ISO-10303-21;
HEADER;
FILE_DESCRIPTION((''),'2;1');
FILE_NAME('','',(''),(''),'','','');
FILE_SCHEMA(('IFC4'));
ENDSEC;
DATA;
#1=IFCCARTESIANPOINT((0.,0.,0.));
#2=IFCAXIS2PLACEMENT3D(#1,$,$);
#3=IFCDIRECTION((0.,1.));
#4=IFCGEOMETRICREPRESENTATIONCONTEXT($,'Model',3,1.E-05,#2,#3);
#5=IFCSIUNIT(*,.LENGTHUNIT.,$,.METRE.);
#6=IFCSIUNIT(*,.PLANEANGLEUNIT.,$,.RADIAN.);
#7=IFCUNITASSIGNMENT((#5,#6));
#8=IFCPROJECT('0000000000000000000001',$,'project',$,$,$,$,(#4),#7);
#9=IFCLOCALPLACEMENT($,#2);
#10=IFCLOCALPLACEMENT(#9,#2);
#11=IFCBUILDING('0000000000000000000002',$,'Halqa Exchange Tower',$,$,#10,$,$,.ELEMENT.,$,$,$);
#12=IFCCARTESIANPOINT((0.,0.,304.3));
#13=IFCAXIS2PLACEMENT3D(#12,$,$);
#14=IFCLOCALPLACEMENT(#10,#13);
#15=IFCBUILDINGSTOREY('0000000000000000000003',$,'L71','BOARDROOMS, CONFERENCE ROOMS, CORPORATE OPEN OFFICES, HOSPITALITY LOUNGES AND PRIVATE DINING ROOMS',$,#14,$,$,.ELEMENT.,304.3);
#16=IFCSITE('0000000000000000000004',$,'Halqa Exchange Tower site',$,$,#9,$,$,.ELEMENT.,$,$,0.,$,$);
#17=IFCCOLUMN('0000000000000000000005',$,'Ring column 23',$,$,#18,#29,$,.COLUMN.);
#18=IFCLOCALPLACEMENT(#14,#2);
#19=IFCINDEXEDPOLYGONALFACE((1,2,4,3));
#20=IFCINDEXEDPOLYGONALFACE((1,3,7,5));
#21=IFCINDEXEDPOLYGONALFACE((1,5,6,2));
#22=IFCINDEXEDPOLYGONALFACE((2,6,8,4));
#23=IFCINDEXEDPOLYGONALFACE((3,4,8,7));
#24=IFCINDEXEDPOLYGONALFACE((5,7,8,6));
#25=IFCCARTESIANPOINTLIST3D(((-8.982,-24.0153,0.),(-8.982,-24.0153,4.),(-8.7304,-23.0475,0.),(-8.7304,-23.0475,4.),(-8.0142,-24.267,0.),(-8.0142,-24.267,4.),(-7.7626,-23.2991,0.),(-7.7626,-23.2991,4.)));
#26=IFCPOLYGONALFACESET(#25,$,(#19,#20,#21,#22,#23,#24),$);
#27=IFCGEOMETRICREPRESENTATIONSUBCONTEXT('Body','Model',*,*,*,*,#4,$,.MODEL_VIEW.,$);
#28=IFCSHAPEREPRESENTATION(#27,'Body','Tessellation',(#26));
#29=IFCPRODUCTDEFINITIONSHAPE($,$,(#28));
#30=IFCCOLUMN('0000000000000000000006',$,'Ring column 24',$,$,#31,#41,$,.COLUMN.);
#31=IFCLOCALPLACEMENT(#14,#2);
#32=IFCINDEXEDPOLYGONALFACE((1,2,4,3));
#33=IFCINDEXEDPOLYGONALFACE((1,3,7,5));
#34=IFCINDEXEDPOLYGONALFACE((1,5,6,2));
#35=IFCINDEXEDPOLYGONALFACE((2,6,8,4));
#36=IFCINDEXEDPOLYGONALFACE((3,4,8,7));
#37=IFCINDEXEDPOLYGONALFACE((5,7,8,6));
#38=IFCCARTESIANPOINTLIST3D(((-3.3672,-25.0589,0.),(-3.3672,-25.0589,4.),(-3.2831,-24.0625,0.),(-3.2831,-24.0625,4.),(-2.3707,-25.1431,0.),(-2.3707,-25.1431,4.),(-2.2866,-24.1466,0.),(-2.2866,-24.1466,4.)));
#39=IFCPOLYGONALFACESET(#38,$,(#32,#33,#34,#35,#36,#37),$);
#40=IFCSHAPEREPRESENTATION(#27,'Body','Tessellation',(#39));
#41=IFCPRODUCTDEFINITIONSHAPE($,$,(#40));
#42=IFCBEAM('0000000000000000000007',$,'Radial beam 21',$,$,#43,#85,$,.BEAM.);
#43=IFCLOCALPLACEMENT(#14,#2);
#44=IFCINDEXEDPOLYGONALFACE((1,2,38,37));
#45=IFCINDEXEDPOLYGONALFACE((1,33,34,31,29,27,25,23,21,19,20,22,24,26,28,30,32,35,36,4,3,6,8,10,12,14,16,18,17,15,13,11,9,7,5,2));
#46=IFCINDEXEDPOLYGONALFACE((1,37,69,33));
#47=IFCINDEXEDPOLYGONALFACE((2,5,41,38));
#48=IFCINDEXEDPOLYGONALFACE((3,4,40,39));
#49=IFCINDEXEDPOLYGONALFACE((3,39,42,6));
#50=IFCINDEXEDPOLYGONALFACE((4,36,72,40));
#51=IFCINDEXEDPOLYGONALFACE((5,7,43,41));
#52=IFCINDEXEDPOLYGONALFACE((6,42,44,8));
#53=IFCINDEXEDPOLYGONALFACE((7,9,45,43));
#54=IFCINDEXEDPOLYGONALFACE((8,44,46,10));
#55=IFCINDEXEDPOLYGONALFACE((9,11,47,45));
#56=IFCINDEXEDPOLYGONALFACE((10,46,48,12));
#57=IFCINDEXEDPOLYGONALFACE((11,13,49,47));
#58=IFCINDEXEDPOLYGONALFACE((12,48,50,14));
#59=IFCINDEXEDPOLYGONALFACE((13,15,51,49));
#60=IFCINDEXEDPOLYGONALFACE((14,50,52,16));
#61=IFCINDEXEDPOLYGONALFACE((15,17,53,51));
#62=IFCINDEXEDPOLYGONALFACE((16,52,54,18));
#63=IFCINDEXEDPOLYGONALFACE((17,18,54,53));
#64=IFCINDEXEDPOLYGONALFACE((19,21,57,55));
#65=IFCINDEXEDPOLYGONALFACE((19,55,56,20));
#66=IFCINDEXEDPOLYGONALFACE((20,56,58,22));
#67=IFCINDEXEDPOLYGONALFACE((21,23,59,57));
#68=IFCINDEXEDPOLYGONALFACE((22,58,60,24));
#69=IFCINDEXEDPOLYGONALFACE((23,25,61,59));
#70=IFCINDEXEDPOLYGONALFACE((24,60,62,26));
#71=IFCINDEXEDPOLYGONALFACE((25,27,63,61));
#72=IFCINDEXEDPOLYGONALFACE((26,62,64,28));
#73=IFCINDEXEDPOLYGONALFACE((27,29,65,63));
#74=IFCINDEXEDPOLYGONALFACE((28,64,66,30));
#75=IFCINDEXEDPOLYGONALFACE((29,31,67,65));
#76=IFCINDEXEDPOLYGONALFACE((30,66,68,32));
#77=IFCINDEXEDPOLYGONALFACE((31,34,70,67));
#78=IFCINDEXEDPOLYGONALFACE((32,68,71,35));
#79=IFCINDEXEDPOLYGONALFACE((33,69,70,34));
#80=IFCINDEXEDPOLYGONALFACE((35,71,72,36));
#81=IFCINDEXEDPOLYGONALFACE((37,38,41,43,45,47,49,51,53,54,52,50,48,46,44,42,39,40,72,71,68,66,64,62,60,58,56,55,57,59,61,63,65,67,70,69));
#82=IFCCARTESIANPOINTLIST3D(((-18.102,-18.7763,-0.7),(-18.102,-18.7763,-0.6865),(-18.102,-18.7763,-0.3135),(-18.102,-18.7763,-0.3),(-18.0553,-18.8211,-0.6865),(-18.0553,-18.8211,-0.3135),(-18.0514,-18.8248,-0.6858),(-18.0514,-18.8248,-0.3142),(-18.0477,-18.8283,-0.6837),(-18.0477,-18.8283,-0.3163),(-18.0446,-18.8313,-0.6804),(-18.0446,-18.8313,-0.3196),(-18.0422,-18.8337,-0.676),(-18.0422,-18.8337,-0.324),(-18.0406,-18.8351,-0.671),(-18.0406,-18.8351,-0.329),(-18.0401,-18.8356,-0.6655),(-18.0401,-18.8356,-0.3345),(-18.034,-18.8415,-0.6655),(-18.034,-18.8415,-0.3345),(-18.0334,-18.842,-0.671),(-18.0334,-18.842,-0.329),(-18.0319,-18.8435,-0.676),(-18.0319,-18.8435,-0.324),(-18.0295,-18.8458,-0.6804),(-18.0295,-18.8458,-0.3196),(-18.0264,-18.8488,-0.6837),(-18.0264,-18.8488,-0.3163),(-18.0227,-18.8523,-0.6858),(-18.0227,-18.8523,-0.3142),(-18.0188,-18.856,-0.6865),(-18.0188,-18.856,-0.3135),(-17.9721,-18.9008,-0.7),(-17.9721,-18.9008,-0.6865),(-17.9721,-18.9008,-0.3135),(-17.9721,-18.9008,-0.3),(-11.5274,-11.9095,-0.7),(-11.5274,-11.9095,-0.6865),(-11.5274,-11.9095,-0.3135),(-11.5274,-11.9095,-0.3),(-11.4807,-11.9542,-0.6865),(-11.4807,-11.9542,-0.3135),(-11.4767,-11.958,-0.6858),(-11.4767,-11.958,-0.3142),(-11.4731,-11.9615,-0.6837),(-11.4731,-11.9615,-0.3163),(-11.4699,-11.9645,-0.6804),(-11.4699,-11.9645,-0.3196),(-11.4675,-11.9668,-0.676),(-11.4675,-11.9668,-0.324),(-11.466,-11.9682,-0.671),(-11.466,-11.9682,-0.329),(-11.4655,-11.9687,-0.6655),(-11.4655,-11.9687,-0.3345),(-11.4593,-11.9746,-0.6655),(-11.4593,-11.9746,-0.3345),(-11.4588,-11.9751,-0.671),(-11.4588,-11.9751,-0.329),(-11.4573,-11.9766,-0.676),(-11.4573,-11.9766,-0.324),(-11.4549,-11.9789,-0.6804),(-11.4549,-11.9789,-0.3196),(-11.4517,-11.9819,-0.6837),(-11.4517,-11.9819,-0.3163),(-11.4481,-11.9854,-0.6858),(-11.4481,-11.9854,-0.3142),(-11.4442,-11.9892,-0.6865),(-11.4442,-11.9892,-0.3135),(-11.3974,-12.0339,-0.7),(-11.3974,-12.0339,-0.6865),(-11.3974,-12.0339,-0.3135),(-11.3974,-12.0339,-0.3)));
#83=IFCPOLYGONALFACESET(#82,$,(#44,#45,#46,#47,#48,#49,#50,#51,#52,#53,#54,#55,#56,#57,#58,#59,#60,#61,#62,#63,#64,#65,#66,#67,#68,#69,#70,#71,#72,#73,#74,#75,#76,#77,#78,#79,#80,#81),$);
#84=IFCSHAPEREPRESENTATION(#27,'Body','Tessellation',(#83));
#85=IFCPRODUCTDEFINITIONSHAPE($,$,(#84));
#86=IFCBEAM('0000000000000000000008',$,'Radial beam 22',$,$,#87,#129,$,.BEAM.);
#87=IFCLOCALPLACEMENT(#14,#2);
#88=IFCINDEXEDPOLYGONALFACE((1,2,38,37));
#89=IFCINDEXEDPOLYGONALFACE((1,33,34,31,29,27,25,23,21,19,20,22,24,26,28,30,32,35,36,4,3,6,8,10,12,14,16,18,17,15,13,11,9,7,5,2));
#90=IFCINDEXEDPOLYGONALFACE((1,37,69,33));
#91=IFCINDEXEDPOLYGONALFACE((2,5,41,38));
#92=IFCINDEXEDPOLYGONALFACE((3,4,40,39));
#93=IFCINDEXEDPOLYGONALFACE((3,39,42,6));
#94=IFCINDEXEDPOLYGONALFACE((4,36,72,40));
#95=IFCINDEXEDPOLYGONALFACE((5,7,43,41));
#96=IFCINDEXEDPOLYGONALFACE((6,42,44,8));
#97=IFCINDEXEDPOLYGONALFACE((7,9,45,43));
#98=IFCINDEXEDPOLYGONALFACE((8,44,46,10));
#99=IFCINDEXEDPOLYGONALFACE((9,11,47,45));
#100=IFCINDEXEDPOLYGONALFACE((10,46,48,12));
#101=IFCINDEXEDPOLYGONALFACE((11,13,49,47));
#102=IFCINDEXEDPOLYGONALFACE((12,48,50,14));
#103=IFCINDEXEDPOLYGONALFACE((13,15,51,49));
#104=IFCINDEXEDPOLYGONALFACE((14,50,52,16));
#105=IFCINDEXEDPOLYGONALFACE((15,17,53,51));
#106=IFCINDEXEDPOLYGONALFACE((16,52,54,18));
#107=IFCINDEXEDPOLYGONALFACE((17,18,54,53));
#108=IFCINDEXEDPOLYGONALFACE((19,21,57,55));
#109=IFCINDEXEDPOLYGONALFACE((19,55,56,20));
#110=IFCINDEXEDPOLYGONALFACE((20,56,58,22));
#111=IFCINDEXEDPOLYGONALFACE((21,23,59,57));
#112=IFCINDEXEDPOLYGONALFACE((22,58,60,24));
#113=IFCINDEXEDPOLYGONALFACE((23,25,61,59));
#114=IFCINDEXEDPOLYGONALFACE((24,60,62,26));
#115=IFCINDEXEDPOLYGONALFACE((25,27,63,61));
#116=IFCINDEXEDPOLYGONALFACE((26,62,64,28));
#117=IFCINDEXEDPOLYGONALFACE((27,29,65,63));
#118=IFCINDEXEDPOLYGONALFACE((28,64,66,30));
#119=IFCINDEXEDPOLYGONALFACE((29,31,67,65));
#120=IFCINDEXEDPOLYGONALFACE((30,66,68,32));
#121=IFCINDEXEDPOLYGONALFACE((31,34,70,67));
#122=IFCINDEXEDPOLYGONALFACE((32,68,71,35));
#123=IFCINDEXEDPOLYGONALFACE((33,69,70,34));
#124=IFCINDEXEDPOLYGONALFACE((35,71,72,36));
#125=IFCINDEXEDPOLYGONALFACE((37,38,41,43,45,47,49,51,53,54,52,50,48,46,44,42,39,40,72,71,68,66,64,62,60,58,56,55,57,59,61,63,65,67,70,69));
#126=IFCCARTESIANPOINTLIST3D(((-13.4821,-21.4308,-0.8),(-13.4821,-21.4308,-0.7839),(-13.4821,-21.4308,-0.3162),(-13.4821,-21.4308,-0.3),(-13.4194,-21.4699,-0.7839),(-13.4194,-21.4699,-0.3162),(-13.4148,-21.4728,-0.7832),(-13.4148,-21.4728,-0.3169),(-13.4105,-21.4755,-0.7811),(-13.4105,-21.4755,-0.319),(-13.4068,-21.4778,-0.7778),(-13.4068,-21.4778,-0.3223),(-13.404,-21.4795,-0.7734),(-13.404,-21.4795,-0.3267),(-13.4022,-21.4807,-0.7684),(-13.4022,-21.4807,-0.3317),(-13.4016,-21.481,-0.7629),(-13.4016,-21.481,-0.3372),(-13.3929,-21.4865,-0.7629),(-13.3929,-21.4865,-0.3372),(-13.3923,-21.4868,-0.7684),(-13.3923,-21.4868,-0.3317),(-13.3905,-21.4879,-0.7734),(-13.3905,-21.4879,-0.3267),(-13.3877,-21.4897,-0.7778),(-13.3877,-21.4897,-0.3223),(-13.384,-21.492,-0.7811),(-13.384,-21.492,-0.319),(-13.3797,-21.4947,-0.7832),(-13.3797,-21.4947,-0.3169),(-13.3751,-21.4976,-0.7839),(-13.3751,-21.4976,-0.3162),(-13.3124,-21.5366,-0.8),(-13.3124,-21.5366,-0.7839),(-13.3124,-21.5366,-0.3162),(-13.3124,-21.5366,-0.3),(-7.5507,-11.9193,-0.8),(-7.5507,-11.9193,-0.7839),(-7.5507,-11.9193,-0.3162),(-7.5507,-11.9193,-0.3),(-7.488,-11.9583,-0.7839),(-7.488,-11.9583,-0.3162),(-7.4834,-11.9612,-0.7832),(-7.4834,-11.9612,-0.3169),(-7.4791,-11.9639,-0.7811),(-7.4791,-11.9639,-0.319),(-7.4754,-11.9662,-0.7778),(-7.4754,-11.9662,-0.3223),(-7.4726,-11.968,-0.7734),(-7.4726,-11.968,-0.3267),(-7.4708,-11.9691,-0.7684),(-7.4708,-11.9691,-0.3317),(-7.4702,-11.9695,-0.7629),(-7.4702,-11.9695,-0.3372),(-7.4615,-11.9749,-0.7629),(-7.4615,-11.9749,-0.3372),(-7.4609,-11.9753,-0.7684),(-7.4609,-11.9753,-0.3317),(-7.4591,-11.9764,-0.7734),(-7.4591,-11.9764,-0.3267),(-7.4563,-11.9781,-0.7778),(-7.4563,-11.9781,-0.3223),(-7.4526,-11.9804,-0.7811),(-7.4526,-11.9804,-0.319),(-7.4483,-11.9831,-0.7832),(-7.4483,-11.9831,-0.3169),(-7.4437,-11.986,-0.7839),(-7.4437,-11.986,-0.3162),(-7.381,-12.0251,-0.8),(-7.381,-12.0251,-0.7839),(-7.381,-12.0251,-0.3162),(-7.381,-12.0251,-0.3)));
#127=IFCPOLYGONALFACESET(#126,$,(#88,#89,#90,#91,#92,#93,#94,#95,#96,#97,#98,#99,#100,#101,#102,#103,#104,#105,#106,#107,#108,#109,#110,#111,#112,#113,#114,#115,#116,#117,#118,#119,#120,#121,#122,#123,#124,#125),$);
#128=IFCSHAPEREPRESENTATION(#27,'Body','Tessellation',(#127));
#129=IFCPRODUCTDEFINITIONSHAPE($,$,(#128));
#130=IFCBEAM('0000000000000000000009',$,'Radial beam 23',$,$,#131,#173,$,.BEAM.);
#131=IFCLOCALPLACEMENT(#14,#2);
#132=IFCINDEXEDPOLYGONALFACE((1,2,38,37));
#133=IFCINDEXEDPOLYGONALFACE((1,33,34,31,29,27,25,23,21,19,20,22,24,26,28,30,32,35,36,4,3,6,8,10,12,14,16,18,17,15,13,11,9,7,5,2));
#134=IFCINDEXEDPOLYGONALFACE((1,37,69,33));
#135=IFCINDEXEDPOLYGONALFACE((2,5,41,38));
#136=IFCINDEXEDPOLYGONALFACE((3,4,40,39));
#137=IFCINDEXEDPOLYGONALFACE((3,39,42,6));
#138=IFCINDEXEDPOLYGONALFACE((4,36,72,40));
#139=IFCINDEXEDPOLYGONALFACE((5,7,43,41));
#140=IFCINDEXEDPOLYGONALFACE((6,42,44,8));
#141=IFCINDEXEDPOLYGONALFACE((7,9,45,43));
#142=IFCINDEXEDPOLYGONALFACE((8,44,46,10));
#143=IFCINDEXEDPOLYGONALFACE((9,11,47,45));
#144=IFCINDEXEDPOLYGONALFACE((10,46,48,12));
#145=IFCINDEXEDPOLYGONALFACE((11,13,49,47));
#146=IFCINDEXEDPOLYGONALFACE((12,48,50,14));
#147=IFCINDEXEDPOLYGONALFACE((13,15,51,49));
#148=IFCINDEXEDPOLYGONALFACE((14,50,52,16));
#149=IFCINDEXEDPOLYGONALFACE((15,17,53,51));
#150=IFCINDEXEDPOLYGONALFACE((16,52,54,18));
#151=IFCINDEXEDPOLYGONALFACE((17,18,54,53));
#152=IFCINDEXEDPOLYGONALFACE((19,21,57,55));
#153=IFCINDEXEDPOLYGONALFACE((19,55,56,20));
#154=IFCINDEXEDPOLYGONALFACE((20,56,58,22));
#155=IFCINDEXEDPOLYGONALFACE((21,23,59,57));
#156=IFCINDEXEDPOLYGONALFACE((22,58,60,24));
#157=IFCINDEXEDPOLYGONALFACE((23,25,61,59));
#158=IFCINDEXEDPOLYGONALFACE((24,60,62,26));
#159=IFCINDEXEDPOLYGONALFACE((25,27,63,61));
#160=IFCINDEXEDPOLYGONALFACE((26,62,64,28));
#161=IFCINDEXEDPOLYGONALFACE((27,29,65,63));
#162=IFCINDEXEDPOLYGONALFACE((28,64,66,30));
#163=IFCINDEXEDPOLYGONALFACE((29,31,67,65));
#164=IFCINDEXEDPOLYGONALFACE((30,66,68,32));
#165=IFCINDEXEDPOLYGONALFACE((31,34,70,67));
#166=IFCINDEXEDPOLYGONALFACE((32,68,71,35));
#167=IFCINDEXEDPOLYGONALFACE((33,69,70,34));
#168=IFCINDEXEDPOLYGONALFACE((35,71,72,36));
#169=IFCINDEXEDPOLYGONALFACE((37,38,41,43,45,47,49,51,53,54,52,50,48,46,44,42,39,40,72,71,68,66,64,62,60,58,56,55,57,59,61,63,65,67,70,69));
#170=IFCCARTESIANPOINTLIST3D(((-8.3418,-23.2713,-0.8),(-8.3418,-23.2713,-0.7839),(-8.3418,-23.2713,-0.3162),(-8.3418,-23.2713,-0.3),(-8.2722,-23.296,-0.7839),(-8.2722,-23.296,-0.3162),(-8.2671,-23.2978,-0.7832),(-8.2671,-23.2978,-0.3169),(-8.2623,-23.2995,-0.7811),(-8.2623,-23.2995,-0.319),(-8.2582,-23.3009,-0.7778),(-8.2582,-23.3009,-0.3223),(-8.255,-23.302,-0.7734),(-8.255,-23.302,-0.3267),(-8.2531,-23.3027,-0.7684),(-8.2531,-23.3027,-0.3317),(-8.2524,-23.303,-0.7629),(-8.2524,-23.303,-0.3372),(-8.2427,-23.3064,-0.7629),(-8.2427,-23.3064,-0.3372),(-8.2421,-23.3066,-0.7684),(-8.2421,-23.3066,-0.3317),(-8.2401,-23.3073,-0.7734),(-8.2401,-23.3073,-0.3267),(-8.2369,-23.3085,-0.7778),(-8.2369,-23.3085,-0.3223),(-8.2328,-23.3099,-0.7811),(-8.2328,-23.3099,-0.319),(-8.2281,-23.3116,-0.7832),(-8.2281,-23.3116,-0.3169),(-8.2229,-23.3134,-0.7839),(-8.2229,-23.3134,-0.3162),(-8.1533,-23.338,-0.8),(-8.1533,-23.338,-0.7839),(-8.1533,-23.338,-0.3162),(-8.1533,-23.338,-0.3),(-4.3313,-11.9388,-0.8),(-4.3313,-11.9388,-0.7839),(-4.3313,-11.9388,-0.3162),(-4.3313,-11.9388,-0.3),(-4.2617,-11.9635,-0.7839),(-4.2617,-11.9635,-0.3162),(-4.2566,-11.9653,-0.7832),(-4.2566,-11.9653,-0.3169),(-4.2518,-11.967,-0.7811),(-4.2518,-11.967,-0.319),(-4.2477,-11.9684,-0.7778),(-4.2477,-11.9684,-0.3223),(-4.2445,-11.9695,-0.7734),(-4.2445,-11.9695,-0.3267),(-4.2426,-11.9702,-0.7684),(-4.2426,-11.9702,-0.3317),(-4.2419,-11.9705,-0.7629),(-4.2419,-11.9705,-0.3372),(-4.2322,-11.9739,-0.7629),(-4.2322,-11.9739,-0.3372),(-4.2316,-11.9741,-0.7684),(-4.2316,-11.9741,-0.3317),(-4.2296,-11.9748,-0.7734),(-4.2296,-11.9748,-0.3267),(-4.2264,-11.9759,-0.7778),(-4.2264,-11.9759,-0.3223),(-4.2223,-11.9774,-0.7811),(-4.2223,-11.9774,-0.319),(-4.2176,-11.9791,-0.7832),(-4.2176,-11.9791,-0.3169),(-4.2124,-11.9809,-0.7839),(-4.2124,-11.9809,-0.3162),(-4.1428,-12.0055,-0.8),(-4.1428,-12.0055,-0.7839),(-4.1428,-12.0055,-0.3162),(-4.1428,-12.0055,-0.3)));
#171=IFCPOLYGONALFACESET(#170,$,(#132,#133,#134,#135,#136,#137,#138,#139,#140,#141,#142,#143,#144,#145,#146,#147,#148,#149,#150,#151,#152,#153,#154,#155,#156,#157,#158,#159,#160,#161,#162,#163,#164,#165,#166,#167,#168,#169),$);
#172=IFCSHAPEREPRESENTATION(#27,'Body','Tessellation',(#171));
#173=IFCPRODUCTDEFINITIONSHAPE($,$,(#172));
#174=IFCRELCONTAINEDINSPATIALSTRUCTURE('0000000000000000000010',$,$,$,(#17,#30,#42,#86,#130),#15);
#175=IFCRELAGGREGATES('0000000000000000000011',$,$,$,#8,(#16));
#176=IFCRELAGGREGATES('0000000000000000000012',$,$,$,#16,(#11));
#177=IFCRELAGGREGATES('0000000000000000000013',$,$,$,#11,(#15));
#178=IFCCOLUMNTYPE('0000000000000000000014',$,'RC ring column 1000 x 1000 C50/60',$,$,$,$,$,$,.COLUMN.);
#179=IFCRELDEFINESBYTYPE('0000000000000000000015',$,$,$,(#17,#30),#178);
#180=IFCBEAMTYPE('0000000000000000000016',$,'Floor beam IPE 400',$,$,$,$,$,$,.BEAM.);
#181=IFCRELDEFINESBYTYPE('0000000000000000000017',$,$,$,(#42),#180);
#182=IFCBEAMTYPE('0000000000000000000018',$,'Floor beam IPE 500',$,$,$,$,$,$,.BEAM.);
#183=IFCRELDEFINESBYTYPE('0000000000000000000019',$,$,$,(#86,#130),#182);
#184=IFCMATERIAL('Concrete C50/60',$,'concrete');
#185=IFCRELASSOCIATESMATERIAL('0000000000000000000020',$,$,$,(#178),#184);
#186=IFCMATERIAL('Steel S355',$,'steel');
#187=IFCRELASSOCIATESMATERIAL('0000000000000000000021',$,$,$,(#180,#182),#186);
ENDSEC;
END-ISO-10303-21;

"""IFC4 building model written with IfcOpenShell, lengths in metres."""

from ifc_helpers import new_model, si_unit, direction, frame, origin, origin_2d, place, context, subcontext, project, spatial, rectangle, i_section, extrude, material, material_profile, profile_set, type_object, element, save


model = new_model("IFC4")

# Units and contexts
model_context = context("Model", 3, precision=1e-05, world=origin(), true_north=direction((0.0, 1.0)))
body_context = subcontext(model_context, "Body", "Model", "MODEL_VIEW")
ifc_project = project(units=[si_unit("LENGTHUNIT", "METRE"), si_unit("PLANEANGLEUNIT", "RADIAN")], contexts=[model_context])

# Site, building, storey
site_placement = place(None, origin())
site = spatial("IfcSite", under=ifc_project, at=site_placement, Name="Halqa Exchange Tower site", CompositionType="ELEMENT", RefElevation=0.0)
building_placement = place(site_placement, origin())
building = spatial("IfcBuilding", under=site, at=building_placement, Name="Halqa Exchange Tower", CompositionType="ELEMENT")
storey_placement = place(building_placement, frame((0.0, 0.0, 304.3)))
storey = spatial("IfcBuildingStorey", under=building, at=storey_placement, Name="L71", Description="BOARDROOMS, CONFERENCE ROOMS, CORPORATE OPEN OFFICES, HOSPITALITY LOUNGES AND PRIVATE DINING ROOMS", CompositionType="ELEMENT", Elevation=304.3)

# Columns
ifc_material_1 = material(Name="Concrete C50/60", Category="concrete")
ifc_material_profile_1 = material_profile(ifc_material_1, rectangle(XDim=1.0, YDim=1.0, at=origin_2d()), Name="1000 x 1000")
ifc_profile_set_1 = profile_set([ifc_material_profile_1], Name="Concrete C50/60")
column_type = type_object("IfcColumnType", Name="RC ring column 1000 x 1000 C50/60", PredefinedType="COLUMN", material=ifc_profile_set_1)
for number, where, z_axis, x_axis, name in (
    (1, (-8.3723, -23.6572, 0.0), (0.0, 0.0, 1.0), (0.96782, -0.251645, 0.0), "Ring column 23"),
    (2, (-2.8269, -24.6028, 0.0), (0.0, 0.0, 1.0), (0.996455, -0.084125, 0.0), "Ring column 24"),
):
    element("IfcColumn", number, at=place(storey_placement, frame(where, z_axis=z_axis, x_axis=x_axis)), inside=storey, type_object=column_type, Name=name, PredefinedType="COLUMN", context=body_context, shape_type="SweptSolid", body=[
        extrude(rectangle(XDim=1.0, YDim=1.0, at=origin_2d()), origin(), (0.0, 0.0, 1.0), 4.0),
    ])

# Beams
ifc_material_2 = material(Name="Steel S355", Category="steel")
ifc_material_profile_2 = material_profile(ifc_material_2, i_section(OverallWidth=0.1799, OverallDepth=0.3999, WebThickness=0.0085, FlangeThickness=0.0134, FilletRadius=0.021, at=origin_2d()), Name="IPE 400")
ifc_profile_set_2 = profile_set([ifc_material_profile_2], Name="Steel S355")
beam_type_1 = type_object("IfcBeamType", Name="Floor beam IPE 400", PredefinedType="BEAM", material=ifc_profile_set_2)
beam_1_placement = place(storey_placement, frame((-11.4624, -11.9717, -0.5), z_axis=(-0.69157, -0.722309, 0.0), x_axis=(0.722309, -0.69157, 0.0)))
element("IfcBeam", 3, at=beam_1_placement, inside=storey, type_object=beam_type_1, Name="Radial beam 21", PredefinedType="BEAM", context=body_context, shape_type="SweptSolid", body=[
    extrude(i_section(OverallWidth=0.1799, OverallDepth=0.3999, WebThickness=0.0085, FlangeThickness=0.0134, FilletRadius=0.021, at=origin_2d()), origin(), (0.0, 0.0, 1.0), 9.5068),
])
ifc_material_profile_3 = material_profile(ifc_material_2, i_section(OverallWidth=0.2, OverallDepth=0.5, WebThickness=0.0103, FlangeThickness=0.0161, FilletRadius=0.021, at=origin_2d()), Name="IPE 500")
ifc_profile_set_3 = profile_set([ifc_material_profile_3], Name="Steel S355")
beam_type_2 = type_object("IfcBeamType", Name="Floor beam IPE 500", PredefinedType="BEAM", material=ifc_profile_set_3)
beam_2_placement = place(storey_placement, frame((-7.4658, -11.9722, -0.55), z_axis=(-0.529147, -0.84853, 0.0), x_axis=(0.84853, -0.529147, 0.0)))
element("IfcBeam", 4, at=beam_2_placement, inside=storey, type_object=beam_type_2, Name="Radial beam 22", PredefinedType="BEAM", context=body_context, shape_type="SweptSolid", body=[
    extrude(i_section(OverallWidth=0.2, OverallDepth=0.5, WebThickness=0.0103, FlangeThickness=0.0161, FilletRadius=0.021, at=origin_2d()), origin(), (0.0, 0.0, 1.0), 11.2095),
])
beam_3_placement = place(storey_placement, frame((-4.2371, -11.9722, -0.55), z_axis=(-0.333618, -0.942708, 0.0), x_axis=(0.942708, -0.333618, 0.0)))
element("IfcBeam", 5, at=beam_3_placement, inside=storey, type_object=beam_type_2, Name="Radial beam 23", PredefinedType="BEAM", context=body_context, shape_type="SweptSolid", body=[
    extrude(i_section(OverallWidth=0.2, OverallDepth=0.5, WebThickness=0.0103, FlangeThickness=0.0161, FilletRadius=0.021, at=origin_2d()), origin(), (0.0, 0.0, 1.0), 12.0212),
])

save(model, "model.ifc")
